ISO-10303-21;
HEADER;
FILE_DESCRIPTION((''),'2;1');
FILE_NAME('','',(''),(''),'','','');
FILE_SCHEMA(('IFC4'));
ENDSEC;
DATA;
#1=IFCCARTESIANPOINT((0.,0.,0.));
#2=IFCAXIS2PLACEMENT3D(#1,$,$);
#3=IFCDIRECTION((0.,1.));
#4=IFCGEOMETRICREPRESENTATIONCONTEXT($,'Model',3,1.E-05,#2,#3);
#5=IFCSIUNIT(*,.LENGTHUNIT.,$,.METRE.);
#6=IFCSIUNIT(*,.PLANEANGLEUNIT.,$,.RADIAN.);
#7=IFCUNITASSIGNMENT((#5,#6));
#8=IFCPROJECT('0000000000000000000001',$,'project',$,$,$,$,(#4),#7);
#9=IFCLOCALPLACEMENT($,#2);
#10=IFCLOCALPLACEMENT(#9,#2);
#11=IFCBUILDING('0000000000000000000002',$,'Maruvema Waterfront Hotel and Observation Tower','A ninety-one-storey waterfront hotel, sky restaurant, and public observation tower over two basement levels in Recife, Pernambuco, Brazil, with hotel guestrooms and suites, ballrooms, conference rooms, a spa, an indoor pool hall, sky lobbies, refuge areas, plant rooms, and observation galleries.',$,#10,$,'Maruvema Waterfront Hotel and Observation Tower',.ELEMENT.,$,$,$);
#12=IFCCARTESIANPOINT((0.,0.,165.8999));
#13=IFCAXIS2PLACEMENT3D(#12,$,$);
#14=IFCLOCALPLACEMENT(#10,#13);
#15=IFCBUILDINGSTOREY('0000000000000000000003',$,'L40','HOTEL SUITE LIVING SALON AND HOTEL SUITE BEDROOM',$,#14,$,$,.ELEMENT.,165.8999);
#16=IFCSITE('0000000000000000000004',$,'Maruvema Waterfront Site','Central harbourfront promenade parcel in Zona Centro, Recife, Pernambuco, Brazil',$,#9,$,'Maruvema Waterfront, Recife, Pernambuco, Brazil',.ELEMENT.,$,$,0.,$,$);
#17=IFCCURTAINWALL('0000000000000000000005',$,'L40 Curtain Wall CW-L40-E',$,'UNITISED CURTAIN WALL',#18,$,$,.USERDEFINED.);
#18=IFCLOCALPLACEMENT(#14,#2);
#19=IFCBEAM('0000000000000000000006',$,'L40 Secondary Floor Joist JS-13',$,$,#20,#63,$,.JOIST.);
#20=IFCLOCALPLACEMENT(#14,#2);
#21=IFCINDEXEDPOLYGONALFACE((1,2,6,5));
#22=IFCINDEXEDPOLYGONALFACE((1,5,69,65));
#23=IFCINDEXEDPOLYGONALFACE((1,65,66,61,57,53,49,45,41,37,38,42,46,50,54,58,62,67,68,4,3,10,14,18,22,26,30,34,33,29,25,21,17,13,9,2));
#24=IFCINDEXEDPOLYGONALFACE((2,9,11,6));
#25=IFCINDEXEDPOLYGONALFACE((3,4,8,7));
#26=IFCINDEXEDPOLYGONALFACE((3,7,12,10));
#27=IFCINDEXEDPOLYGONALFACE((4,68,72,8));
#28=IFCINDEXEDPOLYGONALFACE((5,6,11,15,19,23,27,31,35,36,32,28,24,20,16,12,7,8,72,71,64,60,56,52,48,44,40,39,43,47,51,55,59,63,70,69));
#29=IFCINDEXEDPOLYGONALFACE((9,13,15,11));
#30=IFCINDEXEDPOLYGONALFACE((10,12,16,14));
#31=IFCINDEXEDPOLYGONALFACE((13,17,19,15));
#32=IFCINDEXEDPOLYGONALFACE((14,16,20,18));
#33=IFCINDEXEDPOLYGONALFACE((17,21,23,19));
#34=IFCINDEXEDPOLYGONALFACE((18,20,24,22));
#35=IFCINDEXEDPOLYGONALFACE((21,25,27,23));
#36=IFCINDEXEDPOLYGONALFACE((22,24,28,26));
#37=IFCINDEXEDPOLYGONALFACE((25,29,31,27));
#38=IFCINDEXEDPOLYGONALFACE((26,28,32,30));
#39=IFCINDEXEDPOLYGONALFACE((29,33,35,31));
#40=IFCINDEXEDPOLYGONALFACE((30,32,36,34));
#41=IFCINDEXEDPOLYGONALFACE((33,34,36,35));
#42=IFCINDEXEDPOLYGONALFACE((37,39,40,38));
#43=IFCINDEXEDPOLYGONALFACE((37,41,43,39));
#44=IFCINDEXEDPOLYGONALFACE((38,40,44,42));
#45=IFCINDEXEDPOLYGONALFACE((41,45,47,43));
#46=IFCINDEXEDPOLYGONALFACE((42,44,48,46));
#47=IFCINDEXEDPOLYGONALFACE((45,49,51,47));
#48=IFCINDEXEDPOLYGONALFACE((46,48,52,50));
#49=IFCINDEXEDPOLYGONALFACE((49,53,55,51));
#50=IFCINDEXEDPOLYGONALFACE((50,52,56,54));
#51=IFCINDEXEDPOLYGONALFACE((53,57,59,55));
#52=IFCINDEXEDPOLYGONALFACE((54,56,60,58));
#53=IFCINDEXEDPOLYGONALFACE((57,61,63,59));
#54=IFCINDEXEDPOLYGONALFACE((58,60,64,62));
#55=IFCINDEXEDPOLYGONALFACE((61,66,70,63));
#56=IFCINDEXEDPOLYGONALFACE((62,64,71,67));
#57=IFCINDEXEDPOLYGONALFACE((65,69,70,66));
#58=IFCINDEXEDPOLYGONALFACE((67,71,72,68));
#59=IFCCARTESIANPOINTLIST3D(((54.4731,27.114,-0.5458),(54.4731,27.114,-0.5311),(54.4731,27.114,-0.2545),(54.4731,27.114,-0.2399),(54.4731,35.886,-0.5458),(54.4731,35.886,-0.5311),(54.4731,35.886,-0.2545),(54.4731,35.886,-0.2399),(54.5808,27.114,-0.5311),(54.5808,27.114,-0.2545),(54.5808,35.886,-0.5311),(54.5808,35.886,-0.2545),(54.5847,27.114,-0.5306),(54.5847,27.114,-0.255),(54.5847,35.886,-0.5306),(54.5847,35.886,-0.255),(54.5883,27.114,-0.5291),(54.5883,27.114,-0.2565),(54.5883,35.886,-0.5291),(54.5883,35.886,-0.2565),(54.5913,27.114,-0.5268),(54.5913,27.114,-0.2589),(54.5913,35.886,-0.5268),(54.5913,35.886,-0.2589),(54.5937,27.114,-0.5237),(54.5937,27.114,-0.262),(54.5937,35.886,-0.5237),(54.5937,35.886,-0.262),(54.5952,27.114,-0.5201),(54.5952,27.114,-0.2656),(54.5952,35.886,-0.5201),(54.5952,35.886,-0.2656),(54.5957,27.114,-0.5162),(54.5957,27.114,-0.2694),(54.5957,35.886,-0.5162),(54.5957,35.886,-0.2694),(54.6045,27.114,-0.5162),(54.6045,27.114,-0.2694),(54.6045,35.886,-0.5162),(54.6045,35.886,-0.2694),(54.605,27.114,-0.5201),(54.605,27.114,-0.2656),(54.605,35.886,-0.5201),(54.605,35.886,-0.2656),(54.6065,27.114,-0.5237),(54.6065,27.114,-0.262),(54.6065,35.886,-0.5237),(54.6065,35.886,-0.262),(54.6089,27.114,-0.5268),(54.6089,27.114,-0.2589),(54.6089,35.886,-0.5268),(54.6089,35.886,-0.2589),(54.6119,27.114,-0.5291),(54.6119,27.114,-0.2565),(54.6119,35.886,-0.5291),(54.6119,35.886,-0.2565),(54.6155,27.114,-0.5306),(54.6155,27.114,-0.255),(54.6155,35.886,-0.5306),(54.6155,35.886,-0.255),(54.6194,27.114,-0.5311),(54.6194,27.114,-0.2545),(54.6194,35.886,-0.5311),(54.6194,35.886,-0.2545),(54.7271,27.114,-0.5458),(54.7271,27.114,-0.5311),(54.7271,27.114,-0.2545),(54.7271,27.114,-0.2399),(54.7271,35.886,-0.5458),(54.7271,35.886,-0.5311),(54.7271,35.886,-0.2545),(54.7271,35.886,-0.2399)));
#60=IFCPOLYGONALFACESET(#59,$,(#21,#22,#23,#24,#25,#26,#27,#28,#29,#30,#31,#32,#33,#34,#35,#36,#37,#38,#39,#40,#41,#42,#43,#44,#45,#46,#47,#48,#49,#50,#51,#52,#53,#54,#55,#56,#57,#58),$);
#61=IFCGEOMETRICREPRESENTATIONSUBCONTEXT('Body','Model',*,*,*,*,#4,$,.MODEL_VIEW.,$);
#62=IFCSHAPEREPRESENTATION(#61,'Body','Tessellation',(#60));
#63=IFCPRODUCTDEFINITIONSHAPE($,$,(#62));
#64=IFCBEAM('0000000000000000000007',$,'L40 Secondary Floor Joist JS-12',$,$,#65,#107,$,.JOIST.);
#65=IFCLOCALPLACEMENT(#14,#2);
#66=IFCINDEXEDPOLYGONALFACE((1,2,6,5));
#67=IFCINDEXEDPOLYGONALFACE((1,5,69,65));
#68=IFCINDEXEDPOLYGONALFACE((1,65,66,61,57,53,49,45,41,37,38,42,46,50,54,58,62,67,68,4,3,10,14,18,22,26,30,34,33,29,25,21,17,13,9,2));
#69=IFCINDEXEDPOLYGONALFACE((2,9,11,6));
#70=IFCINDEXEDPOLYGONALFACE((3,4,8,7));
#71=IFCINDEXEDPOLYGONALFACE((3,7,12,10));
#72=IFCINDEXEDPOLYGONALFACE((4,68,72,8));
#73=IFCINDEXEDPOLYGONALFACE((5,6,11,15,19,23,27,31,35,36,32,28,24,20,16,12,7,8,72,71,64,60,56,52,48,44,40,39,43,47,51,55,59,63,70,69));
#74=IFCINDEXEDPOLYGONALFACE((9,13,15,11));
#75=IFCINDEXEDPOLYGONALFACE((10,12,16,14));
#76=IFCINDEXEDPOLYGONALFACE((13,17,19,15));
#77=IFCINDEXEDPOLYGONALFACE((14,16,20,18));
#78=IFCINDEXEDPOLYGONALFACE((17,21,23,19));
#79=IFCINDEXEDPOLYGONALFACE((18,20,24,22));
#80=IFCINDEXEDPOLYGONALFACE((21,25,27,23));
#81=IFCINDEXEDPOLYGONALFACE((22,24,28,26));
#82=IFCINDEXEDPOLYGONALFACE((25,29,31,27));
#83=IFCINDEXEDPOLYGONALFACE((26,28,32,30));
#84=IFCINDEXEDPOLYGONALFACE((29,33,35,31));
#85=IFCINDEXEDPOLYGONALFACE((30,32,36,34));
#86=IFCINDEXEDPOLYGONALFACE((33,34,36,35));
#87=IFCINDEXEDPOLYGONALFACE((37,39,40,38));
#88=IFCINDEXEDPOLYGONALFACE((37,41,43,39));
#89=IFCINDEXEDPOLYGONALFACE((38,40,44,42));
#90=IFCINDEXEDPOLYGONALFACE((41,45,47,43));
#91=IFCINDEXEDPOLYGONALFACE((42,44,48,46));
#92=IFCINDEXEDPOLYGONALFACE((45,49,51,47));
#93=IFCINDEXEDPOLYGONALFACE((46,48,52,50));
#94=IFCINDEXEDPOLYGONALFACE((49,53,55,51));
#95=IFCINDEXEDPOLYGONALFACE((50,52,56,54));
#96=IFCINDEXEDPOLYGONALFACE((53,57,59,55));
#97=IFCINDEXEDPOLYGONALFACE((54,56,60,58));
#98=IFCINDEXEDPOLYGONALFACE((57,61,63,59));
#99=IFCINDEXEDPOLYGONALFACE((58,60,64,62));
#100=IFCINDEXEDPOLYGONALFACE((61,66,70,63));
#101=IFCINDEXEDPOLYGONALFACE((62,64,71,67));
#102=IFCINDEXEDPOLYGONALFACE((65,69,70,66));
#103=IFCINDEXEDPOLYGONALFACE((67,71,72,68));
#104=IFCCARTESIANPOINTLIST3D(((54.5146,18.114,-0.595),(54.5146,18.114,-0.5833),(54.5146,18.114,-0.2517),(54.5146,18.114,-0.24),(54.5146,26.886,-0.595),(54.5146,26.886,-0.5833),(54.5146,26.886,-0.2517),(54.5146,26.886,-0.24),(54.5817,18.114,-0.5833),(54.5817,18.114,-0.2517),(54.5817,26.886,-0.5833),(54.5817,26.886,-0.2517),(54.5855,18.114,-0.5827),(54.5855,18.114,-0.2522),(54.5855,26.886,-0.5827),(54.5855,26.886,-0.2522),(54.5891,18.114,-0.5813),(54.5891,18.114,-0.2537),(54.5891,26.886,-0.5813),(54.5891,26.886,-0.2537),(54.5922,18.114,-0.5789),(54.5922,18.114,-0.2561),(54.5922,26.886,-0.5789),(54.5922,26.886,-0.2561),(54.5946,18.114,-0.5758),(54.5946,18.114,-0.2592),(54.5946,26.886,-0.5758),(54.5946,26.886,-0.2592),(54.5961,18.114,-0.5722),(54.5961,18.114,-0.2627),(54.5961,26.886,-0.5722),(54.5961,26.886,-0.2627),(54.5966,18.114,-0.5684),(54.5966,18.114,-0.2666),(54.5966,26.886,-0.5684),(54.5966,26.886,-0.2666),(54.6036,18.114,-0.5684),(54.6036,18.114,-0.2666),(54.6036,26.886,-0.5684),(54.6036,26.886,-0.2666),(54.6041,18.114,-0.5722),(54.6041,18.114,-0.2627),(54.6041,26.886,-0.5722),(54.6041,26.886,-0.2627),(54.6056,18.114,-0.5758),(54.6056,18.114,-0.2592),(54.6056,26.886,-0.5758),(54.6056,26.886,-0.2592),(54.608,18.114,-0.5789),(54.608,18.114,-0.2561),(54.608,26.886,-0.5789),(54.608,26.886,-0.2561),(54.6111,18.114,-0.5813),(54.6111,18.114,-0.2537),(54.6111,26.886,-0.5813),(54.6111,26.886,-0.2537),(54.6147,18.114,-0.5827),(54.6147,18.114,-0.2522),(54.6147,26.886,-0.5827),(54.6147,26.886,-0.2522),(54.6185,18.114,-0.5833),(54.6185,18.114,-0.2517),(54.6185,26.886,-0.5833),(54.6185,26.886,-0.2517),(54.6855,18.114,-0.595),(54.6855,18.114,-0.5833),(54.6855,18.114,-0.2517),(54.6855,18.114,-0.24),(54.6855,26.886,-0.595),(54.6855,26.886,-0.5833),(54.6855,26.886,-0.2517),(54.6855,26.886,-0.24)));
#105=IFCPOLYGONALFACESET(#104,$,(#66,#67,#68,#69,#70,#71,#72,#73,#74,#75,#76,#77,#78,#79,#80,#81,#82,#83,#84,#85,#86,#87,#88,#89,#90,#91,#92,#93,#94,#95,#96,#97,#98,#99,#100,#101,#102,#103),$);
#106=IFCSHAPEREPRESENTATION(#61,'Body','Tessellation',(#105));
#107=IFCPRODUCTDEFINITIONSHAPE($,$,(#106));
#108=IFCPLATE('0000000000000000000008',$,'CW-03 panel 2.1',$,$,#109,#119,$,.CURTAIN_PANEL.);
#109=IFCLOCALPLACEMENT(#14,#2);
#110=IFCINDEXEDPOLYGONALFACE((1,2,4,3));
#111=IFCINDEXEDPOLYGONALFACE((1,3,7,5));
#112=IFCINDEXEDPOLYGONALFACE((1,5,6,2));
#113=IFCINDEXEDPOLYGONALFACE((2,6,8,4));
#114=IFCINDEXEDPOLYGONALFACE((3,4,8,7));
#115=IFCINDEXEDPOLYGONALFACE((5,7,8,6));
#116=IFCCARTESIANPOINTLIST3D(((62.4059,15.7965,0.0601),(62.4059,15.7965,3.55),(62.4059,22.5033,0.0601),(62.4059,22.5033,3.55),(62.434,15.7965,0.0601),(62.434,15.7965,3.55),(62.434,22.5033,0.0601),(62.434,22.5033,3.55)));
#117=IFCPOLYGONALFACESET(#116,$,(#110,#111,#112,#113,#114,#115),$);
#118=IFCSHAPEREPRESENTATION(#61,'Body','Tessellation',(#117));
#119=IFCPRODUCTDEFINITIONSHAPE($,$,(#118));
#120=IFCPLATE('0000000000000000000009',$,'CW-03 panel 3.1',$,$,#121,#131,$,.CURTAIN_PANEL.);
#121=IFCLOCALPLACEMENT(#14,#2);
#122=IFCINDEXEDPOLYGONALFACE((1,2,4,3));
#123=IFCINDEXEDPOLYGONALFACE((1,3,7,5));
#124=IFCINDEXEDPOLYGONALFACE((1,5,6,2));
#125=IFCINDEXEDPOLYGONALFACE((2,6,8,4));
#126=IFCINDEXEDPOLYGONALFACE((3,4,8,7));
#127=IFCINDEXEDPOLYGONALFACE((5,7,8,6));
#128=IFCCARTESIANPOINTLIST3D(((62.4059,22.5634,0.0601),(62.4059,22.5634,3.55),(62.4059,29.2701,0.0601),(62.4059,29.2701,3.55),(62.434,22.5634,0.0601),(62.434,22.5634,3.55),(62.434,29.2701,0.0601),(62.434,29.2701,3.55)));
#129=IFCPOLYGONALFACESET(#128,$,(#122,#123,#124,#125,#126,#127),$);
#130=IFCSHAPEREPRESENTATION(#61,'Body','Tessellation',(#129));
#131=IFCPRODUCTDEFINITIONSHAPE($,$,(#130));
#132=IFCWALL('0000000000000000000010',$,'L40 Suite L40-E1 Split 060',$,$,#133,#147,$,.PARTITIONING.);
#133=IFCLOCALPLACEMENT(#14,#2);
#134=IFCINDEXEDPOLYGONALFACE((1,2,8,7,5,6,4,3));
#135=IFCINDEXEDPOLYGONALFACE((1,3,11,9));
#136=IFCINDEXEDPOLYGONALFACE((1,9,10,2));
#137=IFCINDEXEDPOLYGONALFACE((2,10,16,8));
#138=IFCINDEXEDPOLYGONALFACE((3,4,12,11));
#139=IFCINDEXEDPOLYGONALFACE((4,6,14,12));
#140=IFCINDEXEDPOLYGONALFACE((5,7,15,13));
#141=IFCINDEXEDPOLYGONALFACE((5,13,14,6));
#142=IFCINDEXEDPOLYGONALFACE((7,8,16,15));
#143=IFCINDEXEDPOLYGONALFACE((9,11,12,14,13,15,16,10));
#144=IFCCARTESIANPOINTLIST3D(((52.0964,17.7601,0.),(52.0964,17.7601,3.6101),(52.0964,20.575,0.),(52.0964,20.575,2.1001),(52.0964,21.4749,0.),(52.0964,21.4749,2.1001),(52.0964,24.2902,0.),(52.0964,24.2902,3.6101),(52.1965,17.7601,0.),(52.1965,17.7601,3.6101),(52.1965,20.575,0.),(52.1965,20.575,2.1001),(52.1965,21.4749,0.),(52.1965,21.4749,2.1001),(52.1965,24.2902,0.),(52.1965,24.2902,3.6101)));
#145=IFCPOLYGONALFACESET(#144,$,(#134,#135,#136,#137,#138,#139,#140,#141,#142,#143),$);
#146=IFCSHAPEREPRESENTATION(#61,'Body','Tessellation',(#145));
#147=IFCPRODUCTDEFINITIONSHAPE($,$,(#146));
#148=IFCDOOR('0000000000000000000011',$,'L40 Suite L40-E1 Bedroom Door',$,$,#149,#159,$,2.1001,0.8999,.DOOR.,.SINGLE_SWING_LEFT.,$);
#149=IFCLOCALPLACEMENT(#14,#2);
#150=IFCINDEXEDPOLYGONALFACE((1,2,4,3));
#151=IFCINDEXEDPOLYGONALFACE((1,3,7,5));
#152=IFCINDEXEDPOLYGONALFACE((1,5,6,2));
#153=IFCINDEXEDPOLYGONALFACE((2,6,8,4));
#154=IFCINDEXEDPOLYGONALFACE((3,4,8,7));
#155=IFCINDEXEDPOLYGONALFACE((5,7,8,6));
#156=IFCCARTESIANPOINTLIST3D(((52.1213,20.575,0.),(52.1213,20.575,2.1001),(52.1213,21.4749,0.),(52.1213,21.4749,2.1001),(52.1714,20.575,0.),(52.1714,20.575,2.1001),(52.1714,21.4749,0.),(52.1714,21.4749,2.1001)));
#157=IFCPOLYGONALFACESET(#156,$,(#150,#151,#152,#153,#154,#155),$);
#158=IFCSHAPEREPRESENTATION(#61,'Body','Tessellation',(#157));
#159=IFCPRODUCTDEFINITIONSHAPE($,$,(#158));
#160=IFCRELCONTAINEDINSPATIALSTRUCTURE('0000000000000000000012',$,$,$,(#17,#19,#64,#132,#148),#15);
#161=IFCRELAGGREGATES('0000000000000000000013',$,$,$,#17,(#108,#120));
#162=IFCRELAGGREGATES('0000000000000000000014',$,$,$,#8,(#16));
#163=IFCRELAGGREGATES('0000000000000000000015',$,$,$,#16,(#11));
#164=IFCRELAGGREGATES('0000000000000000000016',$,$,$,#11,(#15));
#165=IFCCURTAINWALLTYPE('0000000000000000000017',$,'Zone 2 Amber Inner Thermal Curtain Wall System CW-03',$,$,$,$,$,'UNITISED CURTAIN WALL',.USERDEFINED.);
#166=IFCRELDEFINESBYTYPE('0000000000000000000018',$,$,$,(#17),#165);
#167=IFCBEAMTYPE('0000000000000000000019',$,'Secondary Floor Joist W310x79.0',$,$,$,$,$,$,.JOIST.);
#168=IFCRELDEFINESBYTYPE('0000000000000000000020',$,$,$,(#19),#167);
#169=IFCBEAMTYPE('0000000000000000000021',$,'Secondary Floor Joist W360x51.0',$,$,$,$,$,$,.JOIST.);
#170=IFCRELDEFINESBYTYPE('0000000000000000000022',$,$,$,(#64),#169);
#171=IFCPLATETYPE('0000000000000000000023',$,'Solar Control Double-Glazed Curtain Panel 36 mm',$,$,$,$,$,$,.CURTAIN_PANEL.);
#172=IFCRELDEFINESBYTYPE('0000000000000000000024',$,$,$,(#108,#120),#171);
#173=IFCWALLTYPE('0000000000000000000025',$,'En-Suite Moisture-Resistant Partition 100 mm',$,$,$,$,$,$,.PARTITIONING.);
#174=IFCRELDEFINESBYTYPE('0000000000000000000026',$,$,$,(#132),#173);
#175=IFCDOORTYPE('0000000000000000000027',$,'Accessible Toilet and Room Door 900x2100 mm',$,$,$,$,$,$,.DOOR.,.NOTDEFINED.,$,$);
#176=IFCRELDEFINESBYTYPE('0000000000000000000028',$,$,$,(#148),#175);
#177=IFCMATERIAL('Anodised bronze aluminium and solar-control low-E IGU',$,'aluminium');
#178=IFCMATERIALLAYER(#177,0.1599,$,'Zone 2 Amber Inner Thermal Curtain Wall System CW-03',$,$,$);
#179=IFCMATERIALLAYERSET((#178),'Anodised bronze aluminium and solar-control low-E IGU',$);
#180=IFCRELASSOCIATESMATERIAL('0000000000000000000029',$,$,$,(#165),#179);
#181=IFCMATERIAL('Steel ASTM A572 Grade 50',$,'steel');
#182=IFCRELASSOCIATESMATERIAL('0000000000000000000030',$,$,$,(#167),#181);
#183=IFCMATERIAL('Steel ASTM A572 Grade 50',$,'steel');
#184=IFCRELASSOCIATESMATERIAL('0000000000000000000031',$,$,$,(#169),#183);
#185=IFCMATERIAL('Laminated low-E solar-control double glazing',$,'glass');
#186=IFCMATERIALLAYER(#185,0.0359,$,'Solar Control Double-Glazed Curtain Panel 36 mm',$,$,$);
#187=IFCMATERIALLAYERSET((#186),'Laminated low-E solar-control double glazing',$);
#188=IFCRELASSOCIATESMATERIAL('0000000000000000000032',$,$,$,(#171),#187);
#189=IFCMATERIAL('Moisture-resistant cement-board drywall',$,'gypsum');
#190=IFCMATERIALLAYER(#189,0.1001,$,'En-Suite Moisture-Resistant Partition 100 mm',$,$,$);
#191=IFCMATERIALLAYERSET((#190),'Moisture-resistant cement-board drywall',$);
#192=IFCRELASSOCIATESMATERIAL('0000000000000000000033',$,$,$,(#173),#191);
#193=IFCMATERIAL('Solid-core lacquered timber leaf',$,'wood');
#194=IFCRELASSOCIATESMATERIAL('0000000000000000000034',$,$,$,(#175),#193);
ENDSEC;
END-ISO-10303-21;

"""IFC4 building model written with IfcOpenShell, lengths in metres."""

from ifc_helpers import new_model, si_unit, direction, frame, frame_2d, origin, origin_2d, place, context, subcontext, project, spatial, rectangle, i_section, extrude, material, layer, layer_set, material_profile, profile_set, type_object, element, fill, aggregate, save


model = new_model("IFC4")

# Units and contexts
model_context = context("Model", 3, precision=1e-05, world=origin(), true_north=direction((0.0, 1.0)))
body_context = subcontext(model_context, "Body", "Model", "MODEL_VIEW")
ifc_project = project(units=[si_unit("LENGTHUNIT", "METRE"), si_unit("PLANEANGLEUNIT", "RADIAN")], contexts=[model_context])

# Site, building, storey
site_placement = place(None, origin())
site = spatial("IfcSite", under=ifc_project, at=site_placement, Name="Maruvema Waterfront Site", Description="Central harbourfront promenade parcel in Zona Centro, Recife, Pernambuco, Brazil", LongName="Maruvema Waterfront, Recife, Pernambuco, Brazil", CompositionType="ELEMENT", RefElevation=0.0)
building_placement = place(site_placement, origin())
building = spatial("IfcBuilding", under=site, at=building_placement, Name="Maruvema Waterfront Hotel and Observation Tower", Description="A ninety-one-storey waterfront hotel, sky restaurant, and public observation tower over two basement levels in Recife, Pernambuco, Brazil, with hotel guestrooms and suites, ballrooms, conference rooms, a spa, an indoor pool hall, sky lobbies, refuge areas, plant rooms, and observation galleries.", LongName="Maruvema Waterfront Hotel and Observation Tower", CompositionType="ELEMENT")
storey_placement = place(building_placement, frame((0.0, 0.0, 165.8999)))
storey = spatial("IfcBuildingStorey", under=building, at=storey_placement, Name="L40", Description="HOTEL SUITE LIVING SALON AND HOTEL SUITE BEDROOM", CompositionType="ELEMENT", Elevation=165.8999)

# Curtain wall
ifc_material_1 = material(Name="Anodised bronze aluminium and solar-control low-E IGU", Category="aluminium")
ifc_layer_1 = layer(ifc_material_1, 0.1599, Name="Zone 2 Amber Inner Thermal Curtain Wall System CW-03")
ifc_layer_set_1 = layer_set([ifc_layer_1], Name="Anodised bronze aluminium and solar-control low-E IGU")
curtain_wall_type = type_object("IfcCurtainWallType", Name="Zone 2 Amber Inner Thermal Curtain Wall System CW-03", ElementType="UNITISED CURTAIN WALL", PredefinedType="USERDEFINED", material=ifc_layer_set_1)
curtain_wall_placement = place(storey_placement, origin())
curtain_wall = element("IfcCurtainWall", 1, at=curtain_wall_placement, inside=storey, type_object=curtain_wall_type, Name="L40 Curtain Wall CW-L40-E", ObjectType="UNITISED CURTAIN WALL", PredefinedType="USERDEFINED")

# Beams
ifc_material_2 = material(Name="Steel ASTM A572 Grade 50", Category="steel")
ifc_material_profile_1 = material_profile(ifc_material_2, i_section(OverallWidth=0.2539, OverallDepth=0.3059, WebThickness=0.0088, FlangeThickness=0.0146, FilletRadius=0.0149, at=origin_2d()), Name="W310x79.0")
ifc_profile_set_1 = profile_set([ifc_material_profile_1], Name="Steel ASTM A572 Grade 50")
beam_type_1 = type_object("IfcBeamType", Name="Secondary Floor Joist W310x79.0", PredefinedType="JOIST", material=ifc_profile_set_1)
beam_1_placement = place(storey_placement, frame((54.6001, 27.114, -0.3928), z_axis=(0.0, 1.0, 0.0), x_axis=(-1.0, 0.0, 0.0)))
element("IfcBeam", 2, at=beam_1_placement, inside=storey, type_object=beam_type_1, Name="L40 Secondary Floor Joist JS-13", PredefinedType="JOIST", context=body_context, shape_type="SweptSolid", body=[
    extrude(i_section(OverallWidth=0.2539, OverallDepth=0.3059, WebThickness=0.0088, FlangeThickness=0.0146, FilletRadius=0.0149, at=origin_2d()), origin(), (0.0, 0.0, 1.0), 8.772),
])
ifc_material_3 = material(Name="Steel ASTM A572 Grade 50", Category="steel")
ifc_material_profile_2 = material_profile(ifc_material_3, i_section(OverallWidth=0.1709, OverallDepth=0.355, WebThickness=0.0071, FlangeThickness=0.0117, FilletRadius=0.0149, at=origin_2d()), Name="W360x51.0")
ifc_profile_set_2 = profile_set([ifc_material_profile_2], Name="Steel ASTM A572 Grade 50")
beam_type_2 = type_object("IfcBeamType", Name="Secondary Floor Joist W360x51.0", PredefinedType="JOIST", material=ifc_profile_set_2)
beam_2_placement = place(storey_placement, frame((54.6001, 18.114, -0.4175), z_axis=(0.0, 1.0, 0.0), x_axis=(-1.0, 0.0, 0.0)))
element("IfcBeam", 3, at=beam_2_placement, inside=storey, type_object=beam_type_2, Name="L40 Secondary Floor Joist JS-12", PredefinedType="JOIST", context=body_context, shape_type="SweptSolid", body=[
    extrude(i_section(OverallWidth=0.1709, OverallDepth=0.355, WebThickness=0.0071, FlangeThickness=0.0117, FilletRadius=0.0149, at=origin_2d()), origin(), (0.0, 0.0, 1.0), 8.772),
])

# Plates
ifc_material_4 = material(Name="Laminated low-E solar-control double glazing", Category="glass")
ifc_layer_2 = layer(ifc_material_4, 0.0359, Name="Solar Control Double-Glazed Curtain Panel 36 mm")
ifc_layer_set_2 = layer_set([ifc_layer_2], Name="Laminated low-E solar-control double glazing")
plate_type = type_object("IfcPlateType", Name="Solar Control Double-Glazed Curtain Panel 36 mm", PredefinedType="CURTAIN_PANEL", material=ifc_layer_set_2)
plate_1_placement = place(storey_placement, frame((62.4199, 19.1499, 0.0601), z_axis=(0.0, 0.0, 1.0), x_axis=(0.0, 1.0, 0.0)))
plate_1 = element("IfcPlate", 4, at=plate_1_placement, type_object=plate_type, Name="CW-03 panel 2.1", PredefinedType="CURTAIN_PANEL", context=body_context, shape_type="SweptSolid", body=[
    extrude(rectangle(XDim=6.7068, YDim=0.0281, at=origin_2d()), origin(), (0.0, 0.0, 1.0), 3.49),
])
plate_2_placement = place(storey_placement, frame((62.4199, 25.9167, 0.0601), z_axis=(0.0, 0.0, 1.0), x_axis=(0.0, 1.0, 0.0)))
plate_2 = element("IfcPlate", 5, at=plate_2_placement, type_object=plate_type, Name="CW-03 panel 3.1", PredefinedType="CURTAIN_PANEL", context=body_context, shape_type="SweptSolid", body=[
    extrude(rectangle(XDim=6.7068, YDim=0.0281, at=origin_2d()), origin(), (0.0, 0.0, 1.0), 3.49),
])
aggregate(curtain_wall, [plate_1, plate_2])

# Wall, opening, door
ifc_material_5 = material(Name="Moisture-resistant cement-board drywall", Category="gypsum")
ifc_layer_3 = layer(ifc_material_5, 0.1001, Name="En-Suite Moisture-Resistant Partition 100 mm")
ifc_layer_set_3 = layer_set([ifc_layer_3], Name="Moisture-resistant cement-board drywall")
wall_type = type_object("IfcWallType", Name="En-Suite Moisture-Resistant Partition 100 mm", PredefinedType="PARTITIONING", material=ifc_layer_set_3)
wall_1_placement = place(storey_placement, frame((52.1465, 17.76, 0.0), z_axis=(0.0, 0.0, 1.0), x_axis=(0.0, 1.0, 0.0)))
wall_1 = element("IfcWall", 6, at=wall_1_placement, inside=storey, type_object=wall_type, Name="L40 Suite L40-E1 Split 060", PredefinedType="PARTITIONING", context=body_context, shape_type="SweptSolid", body=[
    extrude(rectangle(XDim=6.53, YDim=0.1001, at=frame_2d((3.2651, 0.0))), origin(), (0.0, 0.0, 1.0), 3.6101),
])
opening_1_placement = place(wall_1_placement, frame((2.8149, 0.0, 0.0)))
opening_1 = element("IfcOpeningElement", 7, at=opening_1_placement, cuts=wall_1, PredefinedType="OPENING", context=body_context, shape_type="SweptSolid", body=[
    extrude(rectangle(XDim=0.8999, YDim=2.1001, at=frame_2d((0.45, 1.05))), frame((0.0, 0.0601, 0.0), z_axis=(0.0, -1.0, 0.0), x_axis=(1.0, 0.0, 0.0)), (0.0, 0.0, 1.0), 0.1201),
])
ifc_material_6 = material(Name="Solid-core lacquered timber leaf", Category="wood")
door_type = type_object("IfcDoorType", Name="Accessible Toilet and Room Door 900x2100 mm", OperationType="NOTDEFINED", PredefinedType="DOOR", material=ifc_material_6)
door_1_placement = place(opening_1_placement, frame((0.8999, 0.0, 0.0), z_axis=(0.0, 0.0, 1.0), x_axis=(-1.0, 0.0, 0.0)))
door_1 = element("IfcDoor", 8, at=door_1_placement, inside=storey, type_object=door_type, Name="L40 Suite L40-E1 Bedroom Door", OperationType="SINGLE_SWING_LEFT", OverallHeight=2.1001, OverallWidth=0.8999, PredefinedType="DOOR", context=body_context, shape_type="SweptSolid", body=[
    extrude(rectangle(XDim=0.8999, YDim=2.1001, at=frame_2d((0.45, 1.05))), frame((0.0, 0.0249, 0.0), z_axis=(0.0, -1.0, 0.0), x_axis=(1.0, 0.0, 0.0)), (0.0, 0.0, 1.0), 0.05),
])
fill(opening_1, door_1)

save(model, "model.ifc")
